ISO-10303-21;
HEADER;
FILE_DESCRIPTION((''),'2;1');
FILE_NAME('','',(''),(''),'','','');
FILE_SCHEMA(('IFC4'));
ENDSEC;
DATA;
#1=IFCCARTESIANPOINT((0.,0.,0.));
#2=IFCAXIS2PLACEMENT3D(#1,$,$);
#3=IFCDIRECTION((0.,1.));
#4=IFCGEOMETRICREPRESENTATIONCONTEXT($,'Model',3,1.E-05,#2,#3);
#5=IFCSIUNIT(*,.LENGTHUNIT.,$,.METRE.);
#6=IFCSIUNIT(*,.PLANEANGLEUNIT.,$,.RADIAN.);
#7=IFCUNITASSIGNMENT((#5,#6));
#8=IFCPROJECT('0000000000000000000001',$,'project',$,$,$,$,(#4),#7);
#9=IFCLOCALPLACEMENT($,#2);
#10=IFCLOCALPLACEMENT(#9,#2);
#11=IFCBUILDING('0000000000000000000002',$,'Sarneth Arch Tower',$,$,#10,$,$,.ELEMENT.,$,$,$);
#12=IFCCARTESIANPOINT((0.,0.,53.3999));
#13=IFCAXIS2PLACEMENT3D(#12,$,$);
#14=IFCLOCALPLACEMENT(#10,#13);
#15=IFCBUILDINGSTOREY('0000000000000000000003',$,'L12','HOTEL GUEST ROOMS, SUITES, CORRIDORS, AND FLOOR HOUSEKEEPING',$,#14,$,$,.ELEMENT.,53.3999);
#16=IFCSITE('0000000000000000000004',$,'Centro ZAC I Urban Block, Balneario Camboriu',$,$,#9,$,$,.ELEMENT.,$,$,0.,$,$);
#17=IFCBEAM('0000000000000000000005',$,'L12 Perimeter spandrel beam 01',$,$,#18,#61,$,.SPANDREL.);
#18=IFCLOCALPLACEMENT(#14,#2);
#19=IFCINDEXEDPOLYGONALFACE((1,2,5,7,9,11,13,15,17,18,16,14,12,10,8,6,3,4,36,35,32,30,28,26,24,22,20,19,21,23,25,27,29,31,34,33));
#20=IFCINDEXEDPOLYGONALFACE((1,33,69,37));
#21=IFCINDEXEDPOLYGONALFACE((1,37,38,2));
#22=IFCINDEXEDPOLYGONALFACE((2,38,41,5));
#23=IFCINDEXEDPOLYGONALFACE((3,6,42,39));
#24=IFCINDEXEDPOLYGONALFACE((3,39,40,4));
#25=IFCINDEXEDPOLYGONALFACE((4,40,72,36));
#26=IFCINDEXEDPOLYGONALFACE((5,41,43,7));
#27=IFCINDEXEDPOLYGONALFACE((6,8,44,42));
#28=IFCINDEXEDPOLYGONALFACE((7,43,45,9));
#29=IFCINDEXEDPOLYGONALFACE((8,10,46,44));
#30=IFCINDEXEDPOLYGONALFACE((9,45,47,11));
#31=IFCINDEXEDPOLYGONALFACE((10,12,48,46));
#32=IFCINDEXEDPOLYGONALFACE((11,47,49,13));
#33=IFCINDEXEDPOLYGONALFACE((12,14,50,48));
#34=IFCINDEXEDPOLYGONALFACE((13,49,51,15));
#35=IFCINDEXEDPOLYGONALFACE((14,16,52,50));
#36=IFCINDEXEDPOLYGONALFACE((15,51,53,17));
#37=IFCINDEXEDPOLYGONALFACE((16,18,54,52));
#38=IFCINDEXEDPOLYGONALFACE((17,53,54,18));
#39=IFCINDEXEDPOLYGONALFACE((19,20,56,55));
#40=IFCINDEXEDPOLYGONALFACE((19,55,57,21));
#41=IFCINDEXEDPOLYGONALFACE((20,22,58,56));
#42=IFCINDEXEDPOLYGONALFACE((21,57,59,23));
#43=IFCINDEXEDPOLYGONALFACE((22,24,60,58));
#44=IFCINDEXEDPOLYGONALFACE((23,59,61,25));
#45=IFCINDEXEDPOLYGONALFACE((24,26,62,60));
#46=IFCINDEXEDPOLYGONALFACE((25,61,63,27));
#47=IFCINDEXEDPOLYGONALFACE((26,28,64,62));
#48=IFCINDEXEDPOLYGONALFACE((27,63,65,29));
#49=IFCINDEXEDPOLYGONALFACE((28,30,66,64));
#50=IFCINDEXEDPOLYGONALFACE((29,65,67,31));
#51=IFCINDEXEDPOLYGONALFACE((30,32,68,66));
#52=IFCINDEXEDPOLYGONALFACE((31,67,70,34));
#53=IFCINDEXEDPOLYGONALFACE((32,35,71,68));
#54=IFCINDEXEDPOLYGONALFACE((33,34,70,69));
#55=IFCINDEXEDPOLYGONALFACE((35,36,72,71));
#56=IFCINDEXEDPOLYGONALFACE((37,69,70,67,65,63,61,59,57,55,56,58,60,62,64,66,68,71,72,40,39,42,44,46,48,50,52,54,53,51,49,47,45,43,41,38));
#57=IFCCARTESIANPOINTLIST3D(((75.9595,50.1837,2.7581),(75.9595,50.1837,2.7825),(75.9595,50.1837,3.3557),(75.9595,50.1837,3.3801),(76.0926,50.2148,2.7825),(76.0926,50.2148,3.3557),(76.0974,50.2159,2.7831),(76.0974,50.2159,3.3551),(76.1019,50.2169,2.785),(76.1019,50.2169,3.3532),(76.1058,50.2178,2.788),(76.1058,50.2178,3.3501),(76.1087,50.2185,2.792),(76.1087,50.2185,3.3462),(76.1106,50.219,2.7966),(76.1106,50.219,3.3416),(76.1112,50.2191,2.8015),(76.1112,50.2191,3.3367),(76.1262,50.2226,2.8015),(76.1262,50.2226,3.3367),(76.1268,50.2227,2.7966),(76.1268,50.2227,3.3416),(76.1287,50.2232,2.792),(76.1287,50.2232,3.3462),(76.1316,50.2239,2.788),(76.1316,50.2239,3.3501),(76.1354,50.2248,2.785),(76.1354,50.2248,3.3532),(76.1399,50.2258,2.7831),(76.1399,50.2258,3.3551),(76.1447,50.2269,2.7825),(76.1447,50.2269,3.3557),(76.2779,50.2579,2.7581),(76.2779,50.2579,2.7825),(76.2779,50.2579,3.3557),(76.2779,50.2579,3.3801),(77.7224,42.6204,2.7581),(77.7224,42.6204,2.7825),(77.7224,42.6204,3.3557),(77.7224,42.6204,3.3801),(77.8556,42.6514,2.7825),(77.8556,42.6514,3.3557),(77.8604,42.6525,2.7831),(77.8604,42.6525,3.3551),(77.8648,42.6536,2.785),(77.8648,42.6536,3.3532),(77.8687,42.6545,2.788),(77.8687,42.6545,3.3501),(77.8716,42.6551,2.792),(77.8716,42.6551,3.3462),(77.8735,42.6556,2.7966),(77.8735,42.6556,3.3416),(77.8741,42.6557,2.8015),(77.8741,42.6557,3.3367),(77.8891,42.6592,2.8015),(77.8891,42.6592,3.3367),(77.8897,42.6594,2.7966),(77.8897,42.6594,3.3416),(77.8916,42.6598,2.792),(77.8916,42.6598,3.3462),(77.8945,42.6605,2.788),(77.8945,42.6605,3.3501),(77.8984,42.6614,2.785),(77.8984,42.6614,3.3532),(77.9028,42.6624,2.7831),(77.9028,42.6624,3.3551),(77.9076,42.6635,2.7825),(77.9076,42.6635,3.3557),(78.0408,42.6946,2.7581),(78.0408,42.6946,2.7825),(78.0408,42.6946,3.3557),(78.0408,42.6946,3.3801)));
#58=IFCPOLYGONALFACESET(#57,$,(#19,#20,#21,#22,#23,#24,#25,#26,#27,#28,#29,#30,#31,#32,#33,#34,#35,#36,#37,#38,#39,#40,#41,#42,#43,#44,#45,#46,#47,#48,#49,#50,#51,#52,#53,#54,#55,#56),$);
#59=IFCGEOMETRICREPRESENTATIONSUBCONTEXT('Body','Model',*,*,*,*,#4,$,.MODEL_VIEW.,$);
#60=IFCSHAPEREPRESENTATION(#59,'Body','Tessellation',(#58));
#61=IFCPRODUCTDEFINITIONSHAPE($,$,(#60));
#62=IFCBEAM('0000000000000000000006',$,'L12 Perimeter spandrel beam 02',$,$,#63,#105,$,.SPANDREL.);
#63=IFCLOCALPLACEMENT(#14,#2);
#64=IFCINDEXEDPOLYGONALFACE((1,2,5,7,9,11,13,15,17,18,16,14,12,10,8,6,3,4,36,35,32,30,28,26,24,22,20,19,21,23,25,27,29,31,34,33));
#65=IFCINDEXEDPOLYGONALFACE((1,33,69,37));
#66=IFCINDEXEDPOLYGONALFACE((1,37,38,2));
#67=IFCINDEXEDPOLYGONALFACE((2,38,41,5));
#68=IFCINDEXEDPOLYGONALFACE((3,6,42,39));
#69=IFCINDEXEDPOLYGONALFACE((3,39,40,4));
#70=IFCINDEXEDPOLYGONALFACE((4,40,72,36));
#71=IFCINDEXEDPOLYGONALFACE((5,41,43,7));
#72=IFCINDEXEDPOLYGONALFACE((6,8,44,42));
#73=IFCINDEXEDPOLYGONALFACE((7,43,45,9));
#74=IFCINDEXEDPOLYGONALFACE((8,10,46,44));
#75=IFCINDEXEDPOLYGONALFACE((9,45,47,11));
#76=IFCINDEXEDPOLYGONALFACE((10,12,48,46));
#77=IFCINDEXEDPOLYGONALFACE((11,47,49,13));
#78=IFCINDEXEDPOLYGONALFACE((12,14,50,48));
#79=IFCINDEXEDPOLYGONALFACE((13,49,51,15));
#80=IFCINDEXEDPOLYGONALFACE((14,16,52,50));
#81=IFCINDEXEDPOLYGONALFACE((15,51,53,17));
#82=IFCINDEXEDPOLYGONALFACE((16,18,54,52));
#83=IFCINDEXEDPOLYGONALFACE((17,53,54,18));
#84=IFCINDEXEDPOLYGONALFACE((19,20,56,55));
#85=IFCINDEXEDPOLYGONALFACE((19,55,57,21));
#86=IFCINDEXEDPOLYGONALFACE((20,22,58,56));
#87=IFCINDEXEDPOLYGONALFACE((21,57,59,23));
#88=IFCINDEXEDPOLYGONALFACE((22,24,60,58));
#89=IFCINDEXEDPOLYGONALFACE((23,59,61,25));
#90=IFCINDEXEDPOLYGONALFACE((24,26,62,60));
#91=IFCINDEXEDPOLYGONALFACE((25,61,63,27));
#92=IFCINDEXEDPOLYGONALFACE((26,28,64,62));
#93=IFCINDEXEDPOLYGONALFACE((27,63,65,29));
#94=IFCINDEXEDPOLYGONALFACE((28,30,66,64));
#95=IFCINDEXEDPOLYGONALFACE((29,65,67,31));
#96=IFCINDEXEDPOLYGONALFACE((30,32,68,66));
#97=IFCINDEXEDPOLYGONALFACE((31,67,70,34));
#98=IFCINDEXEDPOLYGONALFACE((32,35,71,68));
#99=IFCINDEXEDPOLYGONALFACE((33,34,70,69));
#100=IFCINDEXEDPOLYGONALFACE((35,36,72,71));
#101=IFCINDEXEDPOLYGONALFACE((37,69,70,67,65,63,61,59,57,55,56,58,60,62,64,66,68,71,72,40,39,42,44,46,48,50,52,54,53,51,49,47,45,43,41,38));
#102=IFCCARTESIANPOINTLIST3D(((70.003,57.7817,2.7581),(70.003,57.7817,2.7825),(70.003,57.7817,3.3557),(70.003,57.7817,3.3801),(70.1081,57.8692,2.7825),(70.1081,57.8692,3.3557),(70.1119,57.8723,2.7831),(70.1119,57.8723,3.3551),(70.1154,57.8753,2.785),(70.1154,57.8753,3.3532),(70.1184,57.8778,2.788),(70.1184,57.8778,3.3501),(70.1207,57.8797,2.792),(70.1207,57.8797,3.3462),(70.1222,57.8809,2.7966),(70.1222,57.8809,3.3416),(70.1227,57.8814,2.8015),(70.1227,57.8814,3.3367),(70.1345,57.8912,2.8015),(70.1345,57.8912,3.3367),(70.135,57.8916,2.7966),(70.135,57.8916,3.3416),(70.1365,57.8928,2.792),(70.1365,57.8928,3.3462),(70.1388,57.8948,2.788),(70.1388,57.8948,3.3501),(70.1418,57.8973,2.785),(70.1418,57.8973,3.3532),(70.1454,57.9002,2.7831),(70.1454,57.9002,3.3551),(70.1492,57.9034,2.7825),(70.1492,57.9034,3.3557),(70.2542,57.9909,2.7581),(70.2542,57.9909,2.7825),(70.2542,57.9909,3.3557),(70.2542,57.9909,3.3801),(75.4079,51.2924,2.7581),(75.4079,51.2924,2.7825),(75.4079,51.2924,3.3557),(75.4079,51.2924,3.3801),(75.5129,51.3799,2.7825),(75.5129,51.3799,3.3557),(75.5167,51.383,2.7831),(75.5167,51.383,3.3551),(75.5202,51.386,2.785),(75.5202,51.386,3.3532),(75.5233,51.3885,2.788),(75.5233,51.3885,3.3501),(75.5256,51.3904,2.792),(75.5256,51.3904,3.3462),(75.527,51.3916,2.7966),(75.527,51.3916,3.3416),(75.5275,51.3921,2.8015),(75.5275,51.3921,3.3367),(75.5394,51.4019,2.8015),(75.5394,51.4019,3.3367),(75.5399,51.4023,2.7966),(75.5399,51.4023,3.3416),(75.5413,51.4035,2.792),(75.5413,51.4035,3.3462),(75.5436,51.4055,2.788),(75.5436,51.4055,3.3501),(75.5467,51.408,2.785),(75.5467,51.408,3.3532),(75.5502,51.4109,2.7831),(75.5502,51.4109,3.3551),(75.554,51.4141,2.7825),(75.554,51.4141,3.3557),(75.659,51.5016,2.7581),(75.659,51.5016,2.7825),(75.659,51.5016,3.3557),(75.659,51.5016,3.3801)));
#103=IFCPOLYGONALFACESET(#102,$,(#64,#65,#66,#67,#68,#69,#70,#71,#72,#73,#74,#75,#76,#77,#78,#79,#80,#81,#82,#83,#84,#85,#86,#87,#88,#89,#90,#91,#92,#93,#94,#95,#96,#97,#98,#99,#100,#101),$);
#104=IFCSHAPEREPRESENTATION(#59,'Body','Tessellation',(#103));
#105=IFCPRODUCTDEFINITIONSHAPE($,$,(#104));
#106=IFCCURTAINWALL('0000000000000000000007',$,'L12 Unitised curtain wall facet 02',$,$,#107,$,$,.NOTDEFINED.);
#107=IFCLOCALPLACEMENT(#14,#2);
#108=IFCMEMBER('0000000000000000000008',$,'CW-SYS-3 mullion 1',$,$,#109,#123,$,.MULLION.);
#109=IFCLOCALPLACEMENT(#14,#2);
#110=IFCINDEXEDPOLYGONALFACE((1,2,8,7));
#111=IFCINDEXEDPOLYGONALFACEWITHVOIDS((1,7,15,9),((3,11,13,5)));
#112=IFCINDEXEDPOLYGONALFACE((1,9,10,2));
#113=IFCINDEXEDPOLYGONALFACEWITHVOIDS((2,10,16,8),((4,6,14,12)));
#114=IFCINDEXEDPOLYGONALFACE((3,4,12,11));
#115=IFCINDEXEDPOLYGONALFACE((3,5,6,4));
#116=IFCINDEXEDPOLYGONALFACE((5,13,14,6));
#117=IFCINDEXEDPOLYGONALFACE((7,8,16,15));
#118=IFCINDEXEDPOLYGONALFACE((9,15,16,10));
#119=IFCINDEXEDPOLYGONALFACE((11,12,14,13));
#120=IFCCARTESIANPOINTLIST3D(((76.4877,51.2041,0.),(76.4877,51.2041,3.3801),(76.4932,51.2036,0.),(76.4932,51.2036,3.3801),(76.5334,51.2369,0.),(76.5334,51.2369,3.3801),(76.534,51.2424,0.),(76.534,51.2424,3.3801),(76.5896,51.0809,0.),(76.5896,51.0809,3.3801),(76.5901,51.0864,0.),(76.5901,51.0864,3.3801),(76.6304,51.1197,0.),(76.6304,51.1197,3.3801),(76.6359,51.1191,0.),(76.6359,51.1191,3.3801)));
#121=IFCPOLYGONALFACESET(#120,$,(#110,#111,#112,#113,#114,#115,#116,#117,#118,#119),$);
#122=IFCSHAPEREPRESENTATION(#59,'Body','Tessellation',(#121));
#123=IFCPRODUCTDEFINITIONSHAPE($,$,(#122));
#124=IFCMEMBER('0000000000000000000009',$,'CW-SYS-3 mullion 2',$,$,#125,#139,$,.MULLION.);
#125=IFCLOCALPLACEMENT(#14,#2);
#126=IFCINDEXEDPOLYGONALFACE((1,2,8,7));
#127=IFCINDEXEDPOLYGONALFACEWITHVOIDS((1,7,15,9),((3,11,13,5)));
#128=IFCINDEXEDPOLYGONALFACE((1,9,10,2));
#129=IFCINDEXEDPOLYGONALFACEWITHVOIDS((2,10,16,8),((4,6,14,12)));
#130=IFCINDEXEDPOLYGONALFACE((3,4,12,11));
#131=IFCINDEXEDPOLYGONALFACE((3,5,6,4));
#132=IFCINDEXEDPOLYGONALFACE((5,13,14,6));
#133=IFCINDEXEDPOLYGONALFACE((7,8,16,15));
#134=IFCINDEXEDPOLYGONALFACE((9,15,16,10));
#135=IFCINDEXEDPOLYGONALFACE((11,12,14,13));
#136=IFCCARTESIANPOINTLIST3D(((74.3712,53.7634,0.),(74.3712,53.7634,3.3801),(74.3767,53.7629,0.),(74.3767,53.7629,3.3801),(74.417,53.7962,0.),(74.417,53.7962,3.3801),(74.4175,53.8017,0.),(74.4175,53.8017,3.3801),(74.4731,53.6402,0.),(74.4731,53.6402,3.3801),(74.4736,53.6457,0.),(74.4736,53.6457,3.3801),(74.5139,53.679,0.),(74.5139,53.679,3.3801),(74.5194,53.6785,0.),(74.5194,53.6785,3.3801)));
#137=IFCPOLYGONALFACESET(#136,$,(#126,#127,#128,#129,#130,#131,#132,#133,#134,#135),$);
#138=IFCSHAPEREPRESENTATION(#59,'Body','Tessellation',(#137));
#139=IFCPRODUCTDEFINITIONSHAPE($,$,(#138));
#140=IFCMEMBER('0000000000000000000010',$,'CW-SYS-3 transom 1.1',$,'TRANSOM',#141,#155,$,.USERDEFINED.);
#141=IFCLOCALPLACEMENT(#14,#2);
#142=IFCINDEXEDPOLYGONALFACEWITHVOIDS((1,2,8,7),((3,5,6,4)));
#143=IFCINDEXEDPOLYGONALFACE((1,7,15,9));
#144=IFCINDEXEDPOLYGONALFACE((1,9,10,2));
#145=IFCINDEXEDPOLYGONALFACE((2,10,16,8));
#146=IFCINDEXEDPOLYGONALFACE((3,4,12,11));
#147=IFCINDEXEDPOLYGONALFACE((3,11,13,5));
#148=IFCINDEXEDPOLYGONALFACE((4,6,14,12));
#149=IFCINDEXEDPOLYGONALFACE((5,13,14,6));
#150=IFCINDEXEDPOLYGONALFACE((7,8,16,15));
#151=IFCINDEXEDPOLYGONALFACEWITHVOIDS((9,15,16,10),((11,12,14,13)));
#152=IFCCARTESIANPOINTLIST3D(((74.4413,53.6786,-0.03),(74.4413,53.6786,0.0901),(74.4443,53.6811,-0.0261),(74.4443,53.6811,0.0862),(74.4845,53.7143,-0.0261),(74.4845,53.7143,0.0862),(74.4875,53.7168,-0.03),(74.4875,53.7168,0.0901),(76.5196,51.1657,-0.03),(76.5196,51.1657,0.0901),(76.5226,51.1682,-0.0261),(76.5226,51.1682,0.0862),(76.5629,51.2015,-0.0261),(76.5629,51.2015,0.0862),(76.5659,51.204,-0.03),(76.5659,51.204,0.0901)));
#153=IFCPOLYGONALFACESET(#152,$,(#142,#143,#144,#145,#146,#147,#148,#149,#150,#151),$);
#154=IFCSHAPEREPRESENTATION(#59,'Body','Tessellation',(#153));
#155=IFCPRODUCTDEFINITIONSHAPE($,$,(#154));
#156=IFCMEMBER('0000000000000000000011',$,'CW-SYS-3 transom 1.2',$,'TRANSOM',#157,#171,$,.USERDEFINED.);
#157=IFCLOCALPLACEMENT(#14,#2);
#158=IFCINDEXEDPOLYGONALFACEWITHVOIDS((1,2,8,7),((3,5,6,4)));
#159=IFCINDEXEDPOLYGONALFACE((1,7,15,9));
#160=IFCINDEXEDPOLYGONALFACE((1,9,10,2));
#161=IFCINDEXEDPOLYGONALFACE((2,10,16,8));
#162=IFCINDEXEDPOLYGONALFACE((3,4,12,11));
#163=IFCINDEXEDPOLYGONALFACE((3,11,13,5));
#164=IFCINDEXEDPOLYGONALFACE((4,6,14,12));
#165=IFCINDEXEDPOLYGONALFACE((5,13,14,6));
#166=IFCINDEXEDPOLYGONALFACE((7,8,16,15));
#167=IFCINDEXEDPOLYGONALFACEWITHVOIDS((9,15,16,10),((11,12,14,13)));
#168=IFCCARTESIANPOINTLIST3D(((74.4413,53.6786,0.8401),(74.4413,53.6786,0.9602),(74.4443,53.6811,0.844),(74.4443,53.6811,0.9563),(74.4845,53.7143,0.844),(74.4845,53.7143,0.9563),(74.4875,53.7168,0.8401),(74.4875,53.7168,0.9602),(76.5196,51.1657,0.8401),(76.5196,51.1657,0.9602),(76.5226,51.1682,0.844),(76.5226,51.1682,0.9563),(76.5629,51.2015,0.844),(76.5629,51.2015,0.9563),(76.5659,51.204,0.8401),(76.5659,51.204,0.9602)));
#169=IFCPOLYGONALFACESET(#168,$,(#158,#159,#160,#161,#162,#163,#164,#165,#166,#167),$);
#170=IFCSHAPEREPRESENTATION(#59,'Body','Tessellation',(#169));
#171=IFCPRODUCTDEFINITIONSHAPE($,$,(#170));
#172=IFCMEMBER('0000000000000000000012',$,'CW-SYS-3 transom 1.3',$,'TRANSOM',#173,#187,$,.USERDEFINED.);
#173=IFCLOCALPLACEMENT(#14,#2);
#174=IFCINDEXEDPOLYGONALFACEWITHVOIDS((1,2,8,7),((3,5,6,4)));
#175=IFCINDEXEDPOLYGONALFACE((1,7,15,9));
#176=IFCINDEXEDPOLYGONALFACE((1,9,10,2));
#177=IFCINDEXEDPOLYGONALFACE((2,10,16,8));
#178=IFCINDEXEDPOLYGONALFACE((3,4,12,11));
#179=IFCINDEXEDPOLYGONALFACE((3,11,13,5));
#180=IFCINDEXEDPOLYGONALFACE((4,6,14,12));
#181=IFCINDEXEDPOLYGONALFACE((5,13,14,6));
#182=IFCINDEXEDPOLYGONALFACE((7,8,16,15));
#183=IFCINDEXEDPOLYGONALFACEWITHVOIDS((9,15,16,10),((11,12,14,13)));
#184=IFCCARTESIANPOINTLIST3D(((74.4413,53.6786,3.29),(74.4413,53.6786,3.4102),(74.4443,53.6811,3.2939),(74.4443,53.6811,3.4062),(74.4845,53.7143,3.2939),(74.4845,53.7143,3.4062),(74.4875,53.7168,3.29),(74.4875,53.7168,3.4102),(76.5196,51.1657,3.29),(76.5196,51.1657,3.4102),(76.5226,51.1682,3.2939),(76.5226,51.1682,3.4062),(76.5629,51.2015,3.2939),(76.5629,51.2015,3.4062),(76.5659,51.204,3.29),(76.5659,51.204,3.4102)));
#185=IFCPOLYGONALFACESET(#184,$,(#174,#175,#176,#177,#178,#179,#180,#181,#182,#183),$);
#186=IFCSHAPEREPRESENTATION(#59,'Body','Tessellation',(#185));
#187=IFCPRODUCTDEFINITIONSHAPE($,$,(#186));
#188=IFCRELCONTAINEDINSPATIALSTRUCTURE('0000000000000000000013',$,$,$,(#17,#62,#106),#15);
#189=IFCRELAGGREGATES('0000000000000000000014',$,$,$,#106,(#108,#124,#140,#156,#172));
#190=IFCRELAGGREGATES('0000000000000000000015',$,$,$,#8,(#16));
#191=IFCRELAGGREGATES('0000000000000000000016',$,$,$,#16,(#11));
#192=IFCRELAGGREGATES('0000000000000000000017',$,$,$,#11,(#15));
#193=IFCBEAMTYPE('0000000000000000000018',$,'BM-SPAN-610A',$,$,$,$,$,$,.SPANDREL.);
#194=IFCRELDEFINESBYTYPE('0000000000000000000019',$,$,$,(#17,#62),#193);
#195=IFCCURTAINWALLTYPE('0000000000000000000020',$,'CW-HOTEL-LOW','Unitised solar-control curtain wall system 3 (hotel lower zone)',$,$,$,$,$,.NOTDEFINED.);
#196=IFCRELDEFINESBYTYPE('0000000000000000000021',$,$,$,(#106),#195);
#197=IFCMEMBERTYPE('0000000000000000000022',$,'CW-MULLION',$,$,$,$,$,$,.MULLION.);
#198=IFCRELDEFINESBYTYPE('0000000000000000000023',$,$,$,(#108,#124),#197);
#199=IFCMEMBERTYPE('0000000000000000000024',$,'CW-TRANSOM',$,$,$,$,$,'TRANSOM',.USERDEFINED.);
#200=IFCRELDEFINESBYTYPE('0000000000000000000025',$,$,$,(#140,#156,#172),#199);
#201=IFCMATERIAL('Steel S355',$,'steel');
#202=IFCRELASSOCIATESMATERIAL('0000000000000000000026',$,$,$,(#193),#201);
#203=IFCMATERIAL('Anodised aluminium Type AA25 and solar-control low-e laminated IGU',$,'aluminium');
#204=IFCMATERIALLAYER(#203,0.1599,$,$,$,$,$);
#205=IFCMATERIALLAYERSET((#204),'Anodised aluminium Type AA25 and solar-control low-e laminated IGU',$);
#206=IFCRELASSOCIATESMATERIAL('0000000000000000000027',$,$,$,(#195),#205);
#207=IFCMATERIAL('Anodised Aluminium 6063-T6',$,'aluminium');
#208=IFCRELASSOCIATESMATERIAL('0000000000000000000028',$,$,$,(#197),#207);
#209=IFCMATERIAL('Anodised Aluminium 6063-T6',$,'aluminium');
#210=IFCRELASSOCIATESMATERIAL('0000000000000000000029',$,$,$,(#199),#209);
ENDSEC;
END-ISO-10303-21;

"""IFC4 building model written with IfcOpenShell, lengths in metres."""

from ifc_helpers import new_model, si_unit, direction, frame, origin, origin_2d, place, context, subcontext, project, spatial, hollow_rectangle, i_section, extrude, material, layer, layer_set, material_profile, profile_set, type_object, element, aggregate, save


model = new_model("IFC4")

# Units and contexts
model_context = context("Model", 3, precision=1e-05, world=origin(), true_north=direction((0.0, 1.0)))
body_context = subcontext(model_context, "Body", "Model", "MODEL_VIEW")
ifc_project = project(units=[si_unit("LENGTHUNIT", "METRE"), si_unit("PLANEANGLEUNIT", "RADIAN")], contexts=[model_context])

# Site, building, storey
site_placement = place(None, origin())
site = spatial("IfcSite", under=ifc_project, at=site_placement, Name="Centro ZAC I Urban Block, Balneario Camboriu", CompositionType="ELEMENT", RefElevation=0.0)
building_placement = place(site_placement, origin())
building = spatial("IfcBuilding", under=site, at=building_placement, Name="Sarneth Arch Tower", CompositionType="ELEMENT")
storey_placement = place(building_placement, frame((0.0, 0.0, 53.3999)))
storey = spatial("IfcBuildingStorey", under=building, at=storey_placement, Name="L12", Description="HOTEL GUEST ROOMS, SUITES, CORRIDORS, AND FLOOR HOUSEKEEPING", CompositionType="ELEMENT", Elevation=53.3999)

# Beams
ifc_material_1 = material(Name="Steel S355", Category="steel")
ifc_material_profile_1 = material_profile(ifc_material_1, i_section(OverallWidth=0.3269, OverallDepth=0.6221, WebThickness=0.0154, FlangeThickness=0.0244, FilletRadius=0.019, at=origin_2d()), Name="W610x195")
ifc_profile_set_1 = profile_set([ifc_material_profile_1], Name="Steel S355")
beam_type = type_object("IfcBeamType", Name="BM-SPAN-610A", PredefinedType="SPANDREL", material=ifc_profile_set_1)
beam_1_placement = place(storey_placement, frame((77.8816, 42.6575, 3.0691), z_axis=(-0.227001, 0.973895, 0.0), x_axis=(-0.973895, -0.227001, 0.0)))
element("IfcBeam", 1, at=beam_1_placement, inside=storey, type_object=beam_type, Name="L12 Perimeter spandrel beam 01", PredefinedType="SPANDREL", context=body_context, shape_type="SweptSolid", body=[
    extrude(i_section(OverallWidth=0.3269, OverallDepth=0.6221, WebThickness=0.0154, FlangeThickness=0.0244, FilletRadius=0.019, at=origin_2d()), origin(), (0.0, 0.0, 1.0), 7.7661),
])
beam_2_placement = place(storey_placement, frame((75.5334, 51.397, 3.0691), z_axis=(-0.63998, 0.768392, 0.0), x_axis=(-0.768392, -0.63998, 0.0)))
element("IfcBeam", 2, at=beam_2_placement, inside=storey, type_object=beam_type, Name="L12 Perimeter spandrel beam 02", PredefinedType="SPANDREL", context=body_context, shape_type="SweptSolid", body=[
    extrude(i_section(OverallWidth=0.3269, OverallDepth=0.6221, WebThickness=0.0154, FlangeThickness=0.0244, FilletRadius=0.019, at=origin_2d()), origin(), (0.0, 0.0, 1.0), 8.4453),
])

# Curtain wall, members
ifc_material_2 = material(Name="Anodised aluminium Type AA25 and solar-control low-e laminated IGU", Category="aluminium")
ifc_layer_1 = layer(ifc_material_2, 0.1599)
ifc_layer_set_1 = layer_set([ifc_layer_1], Name="Anodised aluminium Type AA25 and solar-control low-e laminated IGU")
curtain_wall_type = type_object("IfcCurtainWallType", Name="CW-HOTEL-LOW", Description="Unitised solar-control curtain wall system 3 (hotel lower zone)", PredefinedType="NOTDEFINED", material=ifc_layer_set_1)
curtain_wall_placement = place(storey_placement, origin())
curtain_wall = element("IfcCurtainWall", 3, at=curtain_wall_placement, inside=storey, type_object=curtain_wall_type, Name="L12 Unitised curtain wall facet 02", PredefinedType="NOTDEFINED")
ifc_material_3 = material(Name="Anodised Aluminium 6063-T6", Category="aluminium")
ifc_material_profile_2 = material_profile(ifc_material_3, hollow_rectangle(XDim=0.0601, YDim=0.1599, WallThickness=0.0039, at=origin_2d()), Name="AL-MULL-160x60x4")
ifc_profile_set_2 = profile_set([ifc_material_profile_2], Name="Anodised Aluminium 6063-T6")
member_type_1 = type_object("IfcMemberType", Name="CW-MULLION", PredefinedType="MULLION", material=ifc_profile_set_2)
member_1_placement = place(storey_placement, frame((76.5618, 51.1616, 0.0), z_axis=(0.0, 0.0, 1.0), x_axis=(-0.770623, -0.637291, 0.0)))
member_1 = element("IfcMember", 4, at=member_1_placement, type_object=member_type_1, Name="CW-SYS-3 mullion 1", PredefinedType="MULLION", context=body_context, shape_type="SweptSolid", body=[
    extrude(hollow_rectangle(XDim=0.0601, YDim=0.1599, WallThickness=0.0039, at=origin_2d()), origin(), (0.0, 0.0, 1.0), 3.3801),
])
member_2_placement = place(storey_placement, frame((74.4453, 53.7209, 0.0), z_axis=(0.0, 0.0, 1.0), x_axis=(-0.770623, -0.637291, 0.0)))
member_2 = element("IfcMember", 5, at=member_2_placement, type_object=member_type_1, Name="CW-SYS-3 mullion 2", PredefinedType="MULLION", context=body_context, shape_type="SweptSolid", body=[
    extrude(hollow_rectangle(XDim=0.0601, YDim=0.1599, WallThickness=0.0039, at=origin_2d()), origin(), (0.0, 0.0, 1.0), 3.3801),
])
ifc_material_4 = material(Name="Anodised Aluminium 6063-T6", Category="aluminium")
ifc_material_profile_3 = material_profile(ifc_material_4, hollow_rectangle(XDim=0.0601, YDim=0.1201, WallThickness=0.0039, at=origin_2d()), Name="AL-TRAN-120x60x4")
ifc_profile_set_3 = profile_set([ifc_material_profile_3], Name="Anodised Aluminium 6063-T6")
member_type_2 = type_object("IfcMemberType", Name="CW-TRANSOM", ElementType="TRANSOM", PredefinedType="USERDEFINED", material=ifc_profile_set_3)
member_3_placement = place(storey_placement, frame((76.5427, 51.1848, 0.03), z_axis=(-0.63733, 0.770591, 0.0), x_axis=(-0.770591, -0.63733, 0.0)))
member_3 = element("IfcMember", 6, at=member_3_placement, type_object=member_type_2, Name="CW-SYS-3 transom 1.1", ObjectType="TRANSOM", PredefinedType="USERDEFINED", context=body_context, shape_type="SweptSolid", body=[
    extrude(hollow_rectangle(XDim=0.0601, YDim=0.1201, WallThickness=0.0039, at=origin_2d()), origin(), (0.0, 0.0, 1.0), 3.261),
])
member_4_placement = place(storey_placement, frame((76.5427, 51.1848, 0.9001), z_axis=(-0.63733, 0.770591, 0.0), x_axis=(-0.770591, -0.63733, 0.0)))
member_4 = element("IfcMember", 7, at=member_4_placement, type_object=member_type_2, Name="CW-SYS-3 transom 1.2", ObjectType="TRANSOM", PredefinedType="USERDEFINED", context=body_context, shape_type="SweptSolid", body=[
    extrude(hollow_rectangle(XDim=0.0601, YDim=0.1201, WallThickness=0.0039, at=origin_2d()), origin(), (0.0, 0.0, 1.0), 3.261),
])
member_5_placement = place(storey_placement, frame((76.5427, 51.1848, 3.3501), z_axis=(-0.63733, 0.770591, 0.0), x_axis=(-0.770591, -0.63733, 0.0)))
member_5 = element("IfcMember", 8, at=member_5_placement, type_object=member_type_2, Name="CW-SYS-3 transom 1.3", ObjectType="TRANSOM", PredefinedType="USERDEFINED", context=body_context, shape_type="SweptSolid", body=[
    extrude(hollow_rectangle(XDim=0.0601, YDim=0.1201, WallThickness=0.0039, at=origin_2d()), origin(), (0.0, 0.0, 1.0), 3.261),
])

aggregate(curtain_wall, [member_1, member_2, member_3, member_4, member_5])

save(model, "model.ifc")
